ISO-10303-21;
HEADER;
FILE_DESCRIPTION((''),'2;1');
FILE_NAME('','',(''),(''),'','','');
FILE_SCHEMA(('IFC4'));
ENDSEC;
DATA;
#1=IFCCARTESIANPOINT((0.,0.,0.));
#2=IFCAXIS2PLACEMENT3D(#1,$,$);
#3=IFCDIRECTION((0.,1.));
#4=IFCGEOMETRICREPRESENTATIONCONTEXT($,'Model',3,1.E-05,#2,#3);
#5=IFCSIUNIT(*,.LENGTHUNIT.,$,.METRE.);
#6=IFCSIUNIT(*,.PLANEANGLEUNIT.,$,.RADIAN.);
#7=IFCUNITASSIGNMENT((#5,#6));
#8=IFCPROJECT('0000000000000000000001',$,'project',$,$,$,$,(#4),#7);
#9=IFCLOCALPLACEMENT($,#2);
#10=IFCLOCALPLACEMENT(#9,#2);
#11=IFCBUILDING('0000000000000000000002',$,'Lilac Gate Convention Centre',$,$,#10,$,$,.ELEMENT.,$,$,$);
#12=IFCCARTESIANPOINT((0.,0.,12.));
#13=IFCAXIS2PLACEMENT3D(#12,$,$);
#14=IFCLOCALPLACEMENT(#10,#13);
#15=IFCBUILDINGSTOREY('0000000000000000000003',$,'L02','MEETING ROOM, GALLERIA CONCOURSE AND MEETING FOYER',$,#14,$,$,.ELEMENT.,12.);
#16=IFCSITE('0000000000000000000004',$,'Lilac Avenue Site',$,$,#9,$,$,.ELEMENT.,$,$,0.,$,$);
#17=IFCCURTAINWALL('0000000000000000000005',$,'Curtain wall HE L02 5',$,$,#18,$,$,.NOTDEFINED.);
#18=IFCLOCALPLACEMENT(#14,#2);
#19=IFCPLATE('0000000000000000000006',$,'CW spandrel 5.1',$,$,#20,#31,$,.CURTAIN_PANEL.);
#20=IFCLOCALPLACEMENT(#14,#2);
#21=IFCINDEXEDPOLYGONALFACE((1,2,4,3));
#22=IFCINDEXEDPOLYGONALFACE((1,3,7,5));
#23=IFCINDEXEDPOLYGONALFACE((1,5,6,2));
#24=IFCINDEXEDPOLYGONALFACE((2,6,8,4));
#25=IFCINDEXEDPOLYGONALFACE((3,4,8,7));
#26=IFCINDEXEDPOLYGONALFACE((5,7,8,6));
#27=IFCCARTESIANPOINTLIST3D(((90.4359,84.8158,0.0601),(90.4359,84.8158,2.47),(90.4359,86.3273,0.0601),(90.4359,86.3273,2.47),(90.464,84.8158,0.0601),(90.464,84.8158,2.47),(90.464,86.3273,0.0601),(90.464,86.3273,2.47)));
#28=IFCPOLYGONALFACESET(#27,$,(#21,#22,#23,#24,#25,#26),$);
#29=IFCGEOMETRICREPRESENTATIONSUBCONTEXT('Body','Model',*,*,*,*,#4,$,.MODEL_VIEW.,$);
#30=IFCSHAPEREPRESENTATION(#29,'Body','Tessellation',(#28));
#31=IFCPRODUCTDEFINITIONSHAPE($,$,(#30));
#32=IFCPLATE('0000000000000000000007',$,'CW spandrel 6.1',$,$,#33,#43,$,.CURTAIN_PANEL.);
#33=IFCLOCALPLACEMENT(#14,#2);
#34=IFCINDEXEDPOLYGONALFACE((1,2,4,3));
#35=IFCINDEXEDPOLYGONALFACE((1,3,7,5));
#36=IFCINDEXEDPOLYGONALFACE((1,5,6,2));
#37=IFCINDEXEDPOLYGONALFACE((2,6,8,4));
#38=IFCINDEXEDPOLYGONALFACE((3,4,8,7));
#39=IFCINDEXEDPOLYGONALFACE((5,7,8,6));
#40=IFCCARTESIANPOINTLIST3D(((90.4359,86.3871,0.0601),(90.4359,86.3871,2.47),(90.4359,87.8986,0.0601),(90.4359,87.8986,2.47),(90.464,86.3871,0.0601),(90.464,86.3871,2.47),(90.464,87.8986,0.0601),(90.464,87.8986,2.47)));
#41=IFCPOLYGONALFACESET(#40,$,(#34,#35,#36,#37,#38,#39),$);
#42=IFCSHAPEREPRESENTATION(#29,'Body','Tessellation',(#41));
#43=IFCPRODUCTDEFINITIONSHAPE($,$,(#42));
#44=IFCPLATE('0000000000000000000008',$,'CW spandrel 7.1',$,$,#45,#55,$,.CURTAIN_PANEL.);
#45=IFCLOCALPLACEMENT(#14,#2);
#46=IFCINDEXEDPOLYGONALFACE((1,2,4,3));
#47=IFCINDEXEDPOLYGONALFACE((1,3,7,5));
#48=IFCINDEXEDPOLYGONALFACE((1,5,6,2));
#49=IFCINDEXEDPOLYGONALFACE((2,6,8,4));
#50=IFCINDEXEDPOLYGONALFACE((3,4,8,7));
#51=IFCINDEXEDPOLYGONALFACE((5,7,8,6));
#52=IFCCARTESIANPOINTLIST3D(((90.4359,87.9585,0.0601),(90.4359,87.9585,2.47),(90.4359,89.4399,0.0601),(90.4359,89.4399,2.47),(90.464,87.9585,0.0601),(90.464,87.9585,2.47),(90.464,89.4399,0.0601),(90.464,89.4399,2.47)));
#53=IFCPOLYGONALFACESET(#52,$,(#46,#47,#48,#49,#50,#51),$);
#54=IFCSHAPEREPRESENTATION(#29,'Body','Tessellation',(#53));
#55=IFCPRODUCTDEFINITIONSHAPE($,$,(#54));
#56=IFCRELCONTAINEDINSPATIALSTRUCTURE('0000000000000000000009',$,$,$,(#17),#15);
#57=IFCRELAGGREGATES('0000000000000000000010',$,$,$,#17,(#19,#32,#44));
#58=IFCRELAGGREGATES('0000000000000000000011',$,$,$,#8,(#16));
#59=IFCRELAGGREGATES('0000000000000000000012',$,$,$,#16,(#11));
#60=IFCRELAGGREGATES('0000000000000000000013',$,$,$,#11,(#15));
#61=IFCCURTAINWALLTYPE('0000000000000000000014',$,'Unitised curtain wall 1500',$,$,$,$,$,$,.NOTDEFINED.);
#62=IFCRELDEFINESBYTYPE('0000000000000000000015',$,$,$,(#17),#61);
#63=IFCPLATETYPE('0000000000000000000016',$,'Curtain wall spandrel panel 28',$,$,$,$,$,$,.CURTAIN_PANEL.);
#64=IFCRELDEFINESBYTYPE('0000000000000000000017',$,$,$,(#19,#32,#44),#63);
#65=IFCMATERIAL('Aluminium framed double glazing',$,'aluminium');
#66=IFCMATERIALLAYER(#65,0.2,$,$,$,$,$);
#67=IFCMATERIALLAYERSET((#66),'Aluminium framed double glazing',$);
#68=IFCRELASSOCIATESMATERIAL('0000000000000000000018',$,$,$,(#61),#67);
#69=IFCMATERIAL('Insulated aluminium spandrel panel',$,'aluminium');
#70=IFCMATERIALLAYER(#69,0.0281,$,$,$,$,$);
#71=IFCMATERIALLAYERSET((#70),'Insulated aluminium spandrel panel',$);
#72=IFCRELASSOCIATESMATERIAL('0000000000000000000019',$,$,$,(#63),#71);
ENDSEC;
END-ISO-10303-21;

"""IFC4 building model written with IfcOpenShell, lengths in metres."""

from ifc_helpers import new_model, si_unit, direction, frame, origin, origin_2d, place, context, subcontext, project, spatial, rectangle, extrude, material, layer, layer_set, type_object, element, aggregate, save


model = new_model("IFC4")

# Units and contexts
model_context = context("Model", 3, precision=1e-05, world=origin(), true_north=direction((0.0, 1.0)))
body_context = subcontext(model_context, "Body", "Model", "MODEL_VIEW")
ifc_project = project(units=[si_unit("LENGTHUNIT", "METRE"), si_unit("PLANEANGLEUNIT", "RADIAN")], contexts=[model_context])

# Site, building, storey
site_placement = place(None, origin())
site = spatial("IfcSite", under=ifc_project, at=site_placement, Name="Lilac Avenue Site", CompositionType="ELEMENT", RefElevation=0.0)
building_placement = place(site_placement, origin())
building = spatial("IfcBuilding", under=site, at=building_placement, Name="Lilac Gate Convention Centre", CompositionType="ELEMENT")
storey_placement = place(building_placement, frame((0.0, 0.0, 12.0)))
storey = spatial("IfcBuildingStorey", under=building, at=storey_placement, Name="L02", Description="MEETING ROOM, GALLERIA CONCOURSE AND MEETING FOYER", CompositionType="ELEMENT", Elevation=12.0)

# Curtain wall, plates
ifc_material_1 = material(Name="Aluminium framed double glazing", Category="aluminium")
ifc_layer_1 = layer(ifc_material_1, 0.2)
ifc_layer_set_1 = layer_set([ifc_layer_1], Name="Aluminium framed double glazing")
curtain_wall_type = type_object("IfcCurtainWallType", Name="Unitised curtain wall 1500", PredefinedType="NOTDEFINED", material=ifc_layer_set_1)
curtain_wall_placement = place(storey_placement, origin())
curtain_wall = element("IfcCurtainWall", 1, at=curtain_wall_placement, inside=storey, type_object=curtain_wall_type, Name="Curtain wall HE L02 5", PredefinedType="NOTDEFINED")
ifc_material_2 = material(Name="Insulated aluminium spandrel panel", Category="aluminium")
ifc_layer_2 = layer(ifc_material_2, 0.0281)
ifc_layer_set_2 = layer_set([ifc_layer_2], Name="Insulated aluminium spandrel panel")
plate_type_1 = type_object("IfcPlateType", Name="Curtain wall spandrel panel 28", PredefinedType="CURTAIN_PANEL", material=ifc_layer_set_2)
plate_1_placement = place(storey_placement, frame((90.45, 85.5715, 0.0601), z_axis=(0.0, 0.0, 1.0), x_axis=(0.0, 1.0, 0.0)))
plate_1 = element("IfcPlate", 2, at=plate_1_placement, type_object=plate_type_1, Name="CW spandrel 5.1", PredefinedType="CURTAIN_PANEL", context=body_context, shape_type="SweptSolid", body=[
    extrude(rectangle(XDim=1.5115, YDim=0.0281, at=origin_2d()), origin(), (0.0, 0.0, 1.0), 2.4099),
])
plate_2_placement = place(storey_placement, frame((90.45, 87.1428, 0.0601), z_axis=(0.0, 0.0, 1.0), x_axis=(0.0, 1.0, 0.0)))
plate_2 = element("IfcPlate", 3, at=plate_2_placement, type_object=plate_type_1, Name="CW spandrel 6.1", PredefinedType="CURTAIN_PANEL", context=body_context, shape_type="SweptSolid", body=[
    extrude(rectangle(XDim=1.5115, YDim=0.0281, at=origin_2d()), origin(), (0.0, 0.0, 1.0), 2.4099),
])
plate_3_placement = place(storey_placement, frame((90.45, 88.6992, 0.0601), z_axis=(0.0, 0.0, 1.0), x_axis=(0.0, 1.0, 0.0)))
plate_3 = element("IfcPlate", 4, at=plate_3_placement, type_object=plate_type_1, Name="CW spandrel 7.1", PredefinedType="CURTAIN_PANEL", context=body_context, shape_type="SweptSolid", body=[
    extrude(rectangle(XDim=1.4814, YDim=0.0281, at=origin_2d()), origin(), (0.0, 0.0, 1.0), 2.4099),
])
aggregate(curtain_wall, [plate_1, plate_2, plate_3])

save(model, "model.ifc")
